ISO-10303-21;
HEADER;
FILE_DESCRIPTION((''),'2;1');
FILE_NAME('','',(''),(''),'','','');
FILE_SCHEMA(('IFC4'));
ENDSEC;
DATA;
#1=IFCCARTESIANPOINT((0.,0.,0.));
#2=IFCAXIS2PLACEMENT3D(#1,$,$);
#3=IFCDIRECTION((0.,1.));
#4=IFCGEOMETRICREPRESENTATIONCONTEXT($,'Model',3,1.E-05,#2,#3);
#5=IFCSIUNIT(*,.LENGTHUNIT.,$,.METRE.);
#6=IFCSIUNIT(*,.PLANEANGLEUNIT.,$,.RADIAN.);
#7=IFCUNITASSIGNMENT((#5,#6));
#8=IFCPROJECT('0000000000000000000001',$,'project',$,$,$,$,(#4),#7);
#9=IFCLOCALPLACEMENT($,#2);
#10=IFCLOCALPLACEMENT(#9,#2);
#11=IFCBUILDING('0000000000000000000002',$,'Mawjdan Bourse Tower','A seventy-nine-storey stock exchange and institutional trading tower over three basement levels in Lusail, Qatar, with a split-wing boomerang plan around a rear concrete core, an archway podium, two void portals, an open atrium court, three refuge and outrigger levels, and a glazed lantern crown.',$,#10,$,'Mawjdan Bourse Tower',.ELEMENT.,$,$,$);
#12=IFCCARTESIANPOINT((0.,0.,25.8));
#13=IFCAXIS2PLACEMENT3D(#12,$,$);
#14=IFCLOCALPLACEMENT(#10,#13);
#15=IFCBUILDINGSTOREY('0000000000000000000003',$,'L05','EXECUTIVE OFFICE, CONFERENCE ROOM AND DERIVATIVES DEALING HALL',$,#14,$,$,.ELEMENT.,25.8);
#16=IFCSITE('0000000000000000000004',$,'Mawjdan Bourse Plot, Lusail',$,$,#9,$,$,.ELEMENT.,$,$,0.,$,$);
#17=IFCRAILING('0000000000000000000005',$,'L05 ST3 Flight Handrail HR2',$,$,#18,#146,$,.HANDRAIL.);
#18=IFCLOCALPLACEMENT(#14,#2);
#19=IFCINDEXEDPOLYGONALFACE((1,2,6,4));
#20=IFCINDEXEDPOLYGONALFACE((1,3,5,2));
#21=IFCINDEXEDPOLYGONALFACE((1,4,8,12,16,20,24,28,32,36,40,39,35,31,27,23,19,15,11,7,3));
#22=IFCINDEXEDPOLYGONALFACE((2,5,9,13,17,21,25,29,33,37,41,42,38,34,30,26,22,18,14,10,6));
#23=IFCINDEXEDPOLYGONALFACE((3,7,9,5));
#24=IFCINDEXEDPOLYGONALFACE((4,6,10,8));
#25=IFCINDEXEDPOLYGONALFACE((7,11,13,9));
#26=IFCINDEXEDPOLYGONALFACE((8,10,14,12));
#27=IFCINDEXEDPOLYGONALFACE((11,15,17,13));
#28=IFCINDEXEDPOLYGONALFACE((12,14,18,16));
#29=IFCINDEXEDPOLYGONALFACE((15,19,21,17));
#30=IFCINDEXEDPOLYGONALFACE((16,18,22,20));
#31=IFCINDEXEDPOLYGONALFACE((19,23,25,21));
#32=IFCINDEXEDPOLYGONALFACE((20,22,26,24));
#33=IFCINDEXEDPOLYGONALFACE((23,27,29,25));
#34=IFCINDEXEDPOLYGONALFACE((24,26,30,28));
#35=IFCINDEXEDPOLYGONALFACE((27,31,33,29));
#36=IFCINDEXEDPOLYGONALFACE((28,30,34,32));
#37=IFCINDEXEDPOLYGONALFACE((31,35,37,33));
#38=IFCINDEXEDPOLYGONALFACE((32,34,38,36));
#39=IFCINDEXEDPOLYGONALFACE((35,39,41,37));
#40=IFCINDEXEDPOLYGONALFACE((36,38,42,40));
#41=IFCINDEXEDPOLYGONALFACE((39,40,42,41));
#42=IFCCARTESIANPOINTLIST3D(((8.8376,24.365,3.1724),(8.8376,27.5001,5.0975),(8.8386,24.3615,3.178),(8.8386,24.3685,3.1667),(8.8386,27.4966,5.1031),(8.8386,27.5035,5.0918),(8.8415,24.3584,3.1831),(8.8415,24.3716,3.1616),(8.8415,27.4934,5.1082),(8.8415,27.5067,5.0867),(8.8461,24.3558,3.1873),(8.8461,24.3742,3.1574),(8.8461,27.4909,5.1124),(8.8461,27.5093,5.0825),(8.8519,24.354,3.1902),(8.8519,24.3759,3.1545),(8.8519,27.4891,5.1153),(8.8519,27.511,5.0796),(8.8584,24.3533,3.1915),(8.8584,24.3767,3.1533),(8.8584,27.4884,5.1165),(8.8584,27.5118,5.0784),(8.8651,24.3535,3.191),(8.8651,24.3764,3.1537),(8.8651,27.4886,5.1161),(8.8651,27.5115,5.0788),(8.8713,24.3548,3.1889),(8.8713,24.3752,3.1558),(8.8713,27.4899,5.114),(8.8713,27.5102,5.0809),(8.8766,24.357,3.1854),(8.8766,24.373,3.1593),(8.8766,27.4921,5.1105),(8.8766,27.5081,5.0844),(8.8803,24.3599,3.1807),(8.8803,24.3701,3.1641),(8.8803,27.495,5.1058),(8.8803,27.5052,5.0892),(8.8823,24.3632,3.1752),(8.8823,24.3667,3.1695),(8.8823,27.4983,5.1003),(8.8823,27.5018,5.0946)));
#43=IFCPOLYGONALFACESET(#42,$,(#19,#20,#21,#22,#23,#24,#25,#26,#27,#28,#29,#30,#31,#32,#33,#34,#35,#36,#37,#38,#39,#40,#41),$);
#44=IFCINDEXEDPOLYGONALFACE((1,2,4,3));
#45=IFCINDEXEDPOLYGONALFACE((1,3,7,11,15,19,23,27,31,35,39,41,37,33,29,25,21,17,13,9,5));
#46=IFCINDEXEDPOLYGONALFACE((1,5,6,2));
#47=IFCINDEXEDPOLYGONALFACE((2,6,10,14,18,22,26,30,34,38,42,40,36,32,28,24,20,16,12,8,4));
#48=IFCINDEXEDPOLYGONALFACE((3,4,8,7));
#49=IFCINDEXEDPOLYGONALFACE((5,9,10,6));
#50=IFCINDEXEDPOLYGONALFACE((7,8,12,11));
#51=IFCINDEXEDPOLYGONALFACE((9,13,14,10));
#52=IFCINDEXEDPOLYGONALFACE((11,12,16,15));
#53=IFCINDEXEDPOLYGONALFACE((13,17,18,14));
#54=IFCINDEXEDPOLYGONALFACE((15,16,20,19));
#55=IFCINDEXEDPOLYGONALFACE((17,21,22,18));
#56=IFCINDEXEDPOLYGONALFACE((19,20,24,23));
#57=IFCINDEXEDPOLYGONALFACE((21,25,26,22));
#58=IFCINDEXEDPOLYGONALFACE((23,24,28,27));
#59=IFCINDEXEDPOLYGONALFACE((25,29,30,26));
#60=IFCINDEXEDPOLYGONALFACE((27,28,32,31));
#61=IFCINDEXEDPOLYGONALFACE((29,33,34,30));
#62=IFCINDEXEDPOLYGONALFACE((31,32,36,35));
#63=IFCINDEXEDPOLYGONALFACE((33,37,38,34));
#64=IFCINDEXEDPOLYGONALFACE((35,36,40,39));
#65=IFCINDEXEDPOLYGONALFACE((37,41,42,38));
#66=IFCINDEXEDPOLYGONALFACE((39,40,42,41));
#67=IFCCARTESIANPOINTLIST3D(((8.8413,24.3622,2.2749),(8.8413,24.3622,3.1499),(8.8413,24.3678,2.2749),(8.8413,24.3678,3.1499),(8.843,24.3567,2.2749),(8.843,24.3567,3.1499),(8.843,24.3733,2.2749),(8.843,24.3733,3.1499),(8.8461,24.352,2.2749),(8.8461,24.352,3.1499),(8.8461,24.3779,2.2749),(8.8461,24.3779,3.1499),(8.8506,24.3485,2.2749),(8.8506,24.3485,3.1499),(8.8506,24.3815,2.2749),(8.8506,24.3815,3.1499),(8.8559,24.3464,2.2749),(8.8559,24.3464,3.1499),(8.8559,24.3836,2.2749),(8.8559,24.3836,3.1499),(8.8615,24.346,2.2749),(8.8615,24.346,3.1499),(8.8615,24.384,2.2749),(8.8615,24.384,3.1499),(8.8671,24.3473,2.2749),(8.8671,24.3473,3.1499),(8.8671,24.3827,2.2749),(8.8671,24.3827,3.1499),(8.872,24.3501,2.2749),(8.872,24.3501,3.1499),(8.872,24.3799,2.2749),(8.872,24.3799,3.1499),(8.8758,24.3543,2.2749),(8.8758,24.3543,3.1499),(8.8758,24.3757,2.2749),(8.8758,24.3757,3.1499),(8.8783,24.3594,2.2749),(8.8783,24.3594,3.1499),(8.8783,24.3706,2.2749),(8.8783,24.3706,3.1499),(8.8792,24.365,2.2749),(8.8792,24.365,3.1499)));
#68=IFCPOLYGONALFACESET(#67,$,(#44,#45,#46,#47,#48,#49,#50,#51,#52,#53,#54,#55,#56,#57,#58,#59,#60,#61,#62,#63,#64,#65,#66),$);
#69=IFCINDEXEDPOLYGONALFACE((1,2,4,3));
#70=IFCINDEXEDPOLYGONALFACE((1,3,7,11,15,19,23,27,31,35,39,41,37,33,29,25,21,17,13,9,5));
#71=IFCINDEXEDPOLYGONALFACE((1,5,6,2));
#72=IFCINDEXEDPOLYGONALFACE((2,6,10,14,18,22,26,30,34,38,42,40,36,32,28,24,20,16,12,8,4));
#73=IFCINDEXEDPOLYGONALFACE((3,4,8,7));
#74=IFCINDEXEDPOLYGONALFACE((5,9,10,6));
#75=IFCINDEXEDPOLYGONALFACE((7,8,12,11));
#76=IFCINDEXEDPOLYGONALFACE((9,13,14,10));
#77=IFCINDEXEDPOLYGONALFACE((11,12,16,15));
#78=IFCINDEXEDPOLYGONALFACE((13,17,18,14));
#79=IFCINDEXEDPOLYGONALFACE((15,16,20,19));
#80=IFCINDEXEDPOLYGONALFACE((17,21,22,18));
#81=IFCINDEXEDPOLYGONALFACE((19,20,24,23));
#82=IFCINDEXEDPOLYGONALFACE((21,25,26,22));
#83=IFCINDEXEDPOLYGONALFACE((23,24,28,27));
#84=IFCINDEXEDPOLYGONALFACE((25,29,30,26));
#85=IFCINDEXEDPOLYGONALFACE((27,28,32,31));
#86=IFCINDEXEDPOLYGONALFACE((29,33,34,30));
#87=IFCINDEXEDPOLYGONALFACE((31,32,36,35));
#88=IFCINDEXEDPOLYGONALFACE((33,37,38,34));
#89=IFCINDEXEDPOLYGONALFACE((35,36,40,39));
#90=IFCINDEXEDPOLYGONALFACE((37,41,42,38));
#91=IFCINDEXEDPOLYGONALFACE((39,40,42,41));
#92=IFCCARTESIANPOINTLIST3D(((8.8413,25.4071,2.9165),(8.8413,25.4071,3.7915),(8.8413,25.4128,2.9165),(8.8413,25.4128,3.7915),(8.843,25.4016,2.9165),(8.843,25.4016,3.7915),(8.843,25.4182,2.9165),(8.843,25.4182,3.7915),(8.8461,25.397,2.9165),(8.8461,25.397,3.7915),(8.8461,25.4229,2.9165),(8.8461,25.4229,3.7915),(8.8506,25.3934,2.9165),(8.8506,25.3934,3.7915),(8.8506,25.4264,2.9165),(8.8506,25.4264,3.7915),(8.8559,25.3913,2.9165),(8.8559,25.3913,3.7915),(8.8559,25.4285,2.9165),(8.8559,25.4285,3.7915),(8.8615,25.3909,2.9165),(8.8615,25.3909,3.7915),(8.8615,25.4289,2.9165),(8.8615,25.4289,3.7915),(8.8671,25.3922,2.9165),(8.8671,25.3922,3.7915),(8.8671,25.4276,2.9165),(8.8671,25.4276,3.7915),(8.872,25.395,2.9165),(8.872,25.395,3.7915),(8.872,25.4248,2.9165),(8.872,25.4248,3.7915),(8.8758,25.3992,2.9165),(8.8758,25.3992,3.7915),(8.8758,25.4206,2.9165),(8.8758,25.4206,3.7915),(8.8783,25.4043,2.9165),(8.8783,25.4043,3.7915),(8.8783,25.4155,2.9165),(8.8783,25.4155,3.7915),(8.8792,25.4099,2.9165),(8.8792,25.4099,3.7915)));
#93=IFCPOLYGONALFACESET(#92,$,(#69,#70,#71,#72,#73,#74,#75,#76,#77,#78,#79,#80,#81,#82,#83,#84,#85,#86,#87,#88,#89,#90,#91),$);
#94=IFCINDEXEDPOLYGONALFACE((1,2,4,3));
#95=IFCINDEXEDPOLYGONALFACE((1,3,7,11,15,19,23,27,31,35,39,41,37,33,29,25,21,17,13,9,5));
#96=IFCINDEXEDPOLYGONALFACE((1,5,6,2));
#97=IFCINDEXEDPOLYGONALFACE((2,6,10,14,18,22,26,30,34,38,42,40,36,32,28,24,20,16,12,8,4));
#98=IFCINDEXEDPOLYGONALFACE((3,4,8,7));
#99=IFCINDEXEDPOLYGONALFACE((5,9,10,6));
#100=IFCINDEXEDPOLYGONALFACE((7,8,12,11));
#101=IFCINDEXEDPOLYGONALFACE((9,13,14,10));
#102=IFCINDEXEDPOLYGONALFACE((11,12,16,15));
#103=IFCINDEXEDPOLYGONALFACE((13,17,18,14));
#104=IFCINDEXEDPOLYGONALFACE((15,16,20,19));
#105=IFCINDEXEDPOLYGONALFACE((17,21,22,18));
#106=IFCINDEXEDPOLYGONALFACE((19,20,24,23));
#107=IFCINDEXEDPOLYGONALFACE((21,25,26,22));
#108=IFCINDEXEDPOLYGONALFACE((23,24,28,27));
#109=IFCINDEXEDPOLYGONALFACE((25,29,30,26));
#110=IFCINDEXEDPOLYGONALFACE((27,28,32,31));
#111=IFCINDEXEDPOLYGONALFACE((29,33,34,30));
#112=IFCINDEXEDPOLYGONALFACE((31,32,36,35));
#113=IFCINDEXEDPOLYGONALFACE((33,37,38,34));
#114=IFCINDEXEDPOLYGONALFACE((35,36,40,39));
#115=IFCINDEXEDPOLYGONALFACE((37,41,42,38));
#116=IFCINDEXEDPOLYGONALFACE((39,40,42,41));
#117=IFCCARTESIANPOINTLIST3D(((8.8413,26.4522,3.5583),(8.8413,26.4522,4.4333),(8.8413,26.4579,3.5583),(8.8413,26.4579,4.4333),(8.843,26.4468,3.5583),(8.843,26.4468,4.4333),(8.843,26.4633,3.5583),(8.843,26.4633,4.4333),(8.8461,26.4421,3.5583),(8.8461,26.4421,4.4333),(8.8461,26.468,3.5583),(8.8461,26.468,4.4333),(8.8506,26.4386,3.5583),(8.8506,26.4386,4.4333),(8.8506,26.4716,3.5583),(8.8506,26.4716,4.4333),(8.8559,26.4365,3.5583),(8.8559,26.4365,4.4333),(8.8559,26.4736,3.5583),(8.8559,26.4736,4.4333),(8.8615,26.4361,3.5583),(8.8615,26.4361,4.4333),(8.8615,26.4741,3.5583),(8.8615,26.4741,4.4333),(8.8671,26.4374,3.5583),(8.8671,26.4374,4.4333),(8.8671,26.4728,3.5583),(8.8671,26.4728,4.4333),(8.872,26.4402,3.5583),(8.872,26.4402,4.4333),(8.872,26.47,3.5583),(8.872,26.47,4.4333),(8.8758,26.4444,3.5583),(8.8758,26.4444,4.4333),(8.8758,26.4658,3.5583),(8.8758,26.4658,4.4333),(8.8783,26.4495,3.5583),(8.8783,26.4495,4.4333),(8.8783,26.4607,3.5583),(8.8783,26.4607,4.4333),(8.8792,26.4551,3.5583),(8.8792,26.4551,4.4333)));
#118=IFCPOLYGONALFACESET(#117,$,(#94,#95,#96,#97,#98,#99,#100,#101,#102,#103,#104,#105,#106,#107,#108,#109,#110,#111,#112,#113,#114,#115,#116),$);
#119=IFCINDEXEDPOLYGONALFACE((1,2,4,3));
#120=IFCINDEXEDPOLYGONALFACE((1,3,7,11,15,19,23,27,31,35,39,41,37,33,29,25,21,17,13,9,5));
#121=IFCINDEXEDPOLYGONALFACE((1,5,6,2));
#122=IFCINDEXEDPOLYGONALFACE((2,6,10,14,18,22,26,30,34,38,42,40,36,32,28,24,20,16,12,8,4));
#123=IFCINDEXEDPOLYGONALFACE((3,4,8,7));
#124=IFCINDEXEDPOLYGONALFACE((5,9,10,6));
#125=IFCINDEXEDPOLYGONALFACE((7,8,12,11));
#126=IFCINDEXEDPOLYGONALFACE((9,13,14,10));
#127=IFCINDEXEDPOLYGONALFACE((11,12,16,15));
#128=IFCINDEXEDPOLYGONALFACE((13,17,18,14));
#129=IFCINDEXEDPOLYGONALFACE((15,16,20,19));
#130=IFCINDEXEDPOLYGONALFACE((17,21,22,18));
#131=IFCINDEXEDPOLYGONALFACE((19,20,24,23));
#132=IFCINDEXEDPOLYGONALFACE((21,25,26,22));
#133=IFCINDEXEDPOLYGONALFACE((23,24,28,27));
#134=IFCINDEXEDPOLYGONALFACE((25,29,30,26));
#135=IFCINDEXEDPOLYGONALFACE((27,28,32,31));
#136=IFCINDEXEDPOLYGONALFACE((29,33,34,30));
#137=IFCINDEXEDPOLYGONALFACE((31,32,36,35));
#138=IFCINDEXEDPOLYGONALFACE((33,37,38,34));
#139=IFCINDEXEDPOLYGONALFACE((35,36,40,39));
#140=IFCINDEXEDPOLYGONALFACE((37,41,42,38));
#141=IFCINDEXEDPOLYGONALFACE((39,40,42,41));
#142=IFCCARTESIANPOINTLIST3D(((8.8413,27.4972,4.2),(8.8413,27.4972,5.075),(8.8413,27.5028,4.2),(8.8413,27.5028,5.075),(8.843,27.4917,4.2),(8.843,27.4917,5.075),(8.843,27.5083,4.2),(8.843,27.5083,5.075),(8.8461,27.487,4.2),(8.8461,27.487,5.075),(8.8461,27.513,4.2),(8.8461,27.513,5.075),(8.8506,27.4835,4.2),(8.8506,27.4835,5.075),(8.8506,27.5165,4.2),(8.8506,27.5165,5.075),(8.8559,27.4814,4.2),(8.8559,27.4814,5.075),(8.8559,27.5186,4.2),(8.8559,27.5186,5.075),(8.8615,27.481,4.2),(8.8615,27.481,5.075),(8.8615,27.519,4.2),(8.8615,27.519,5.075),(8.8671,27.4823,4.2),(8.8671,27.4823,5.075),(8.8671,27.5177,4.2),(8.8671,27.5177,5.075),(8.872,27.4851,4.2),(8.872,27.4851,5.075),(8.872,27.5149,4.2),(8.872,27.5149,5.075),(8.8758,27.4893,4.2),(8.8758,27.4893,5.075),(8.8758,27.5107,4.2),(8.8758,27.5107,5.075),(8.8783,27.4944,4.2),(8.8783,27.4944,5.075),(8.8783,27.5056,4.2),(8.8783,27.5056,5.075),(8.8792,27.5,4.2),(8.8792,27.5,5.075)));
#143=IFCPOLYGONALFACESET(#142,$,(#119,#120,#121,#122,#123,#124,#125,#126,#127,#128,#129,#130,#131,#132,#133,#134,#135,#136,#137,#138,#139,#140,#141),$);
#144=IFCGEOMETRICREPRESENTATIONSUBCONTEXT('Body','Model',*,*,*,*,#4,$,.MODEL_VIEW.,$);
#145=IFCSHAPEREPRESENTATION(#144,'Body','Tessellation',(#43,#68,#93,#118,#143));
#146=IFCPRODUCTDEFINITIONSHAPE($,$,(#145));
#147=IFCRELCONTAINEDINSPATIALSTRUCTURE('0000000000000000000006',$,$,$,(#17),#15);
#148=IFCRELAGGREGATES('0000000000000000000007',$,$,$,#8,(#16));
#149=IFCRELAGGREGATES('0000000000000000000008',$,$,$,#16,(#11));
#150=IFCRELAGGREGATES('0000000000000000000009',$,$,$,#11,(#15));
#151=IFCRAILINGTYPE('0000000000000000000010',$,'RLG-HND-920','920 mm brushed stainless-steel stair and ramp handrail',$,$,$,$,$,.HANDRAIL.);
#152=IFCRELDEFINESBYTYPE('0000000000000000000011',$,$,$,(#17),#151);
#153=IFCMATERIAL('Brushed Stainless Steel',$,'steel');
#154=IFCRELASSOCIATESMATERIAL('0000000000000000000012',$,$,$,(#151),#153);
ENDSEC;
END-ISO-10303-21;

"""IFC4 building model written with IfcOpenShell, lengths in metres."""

from ifc_helpers import new_model, si_unit, direction, frame, origin, origin_2d, place, context, subcontext, project, spatial, circle, extrude, material, type_object, element, save


model = new_model("IFC4")

# Units and contexts
model_context = context("Model", 3, precision=1e-05, world=origin(), true_north=direction((0.0, 1.0)))
body_context = subcontext(model_context, "Body", "Model", "MODEL_VIEW")
ifc_project = project(units=[si_unit("LENGTHUNIT", "METRE"), si_unit("PLANEANGLEUNIT", "RADIAN")], contexts=[model_context])

# Site, building, storey
site_placement = place(None, origin())
site = spatial("IfcSite", under=ifc_project, at=site_placement, Name="Mawjdan Bourse Plot, Lusail", CompositionType="ELEMENT", RefElevation=0.0)
building_placement = place(site_placement, origin())
building = spatial("IfcBuilding", under=site, at=building_placement, Name="Mawjdan Bourse Tower", Description="A seventy-nine-storey stock exchange and institutional trading tower over three basement levels in Lusail, Qatar, with a split-wing boomerang plan around a rear concrete core, an archway podium, two void portals, an open atrium court, three refuge and outrigger levels, and a glazed lantern crown.", LongName="Mawjdan Bourse Tower", CompositionType="ELEMENT")
storey_placement = place(building_placement, frame((0.0, 0.0, 25.8)))
storey = spatial("IfcBuildingStorey", under=building, at=storey_placement, Name="L05", Description="EXECUTIVE OFFICE, CONFERENCE ROOM AND DERIVATIVES DEALING HALL", CompositionType="ELEMENT", Elevation=25.8)

# Railing
ifc_material_1 = material(Name="Brushed Stainless Steel", Category="steel")
railing_type_1 = type_object("IfcRailingType", Name="RLG-HND-920", Description="920 mm brushed stainless-steel stair and ramp handrail", PredefinedType="HANDRAIL", material=ifc_material_1)
railing_1_placement = place(storey_placement, frame((8.8601, 24.365, 2.2749)))
element("IfcRailing", 1, at=railing_1_placement, inside=storey, type_object=railing_type_1, Name="L05 ST3 Flight Handrail HR2", PredefinedType="HANDRAIL", context=body_context, shape_type="SweptSolid", body=[
    extrude(circle(Radius=0.0225, at=origin_2d()), frame((0.0, 0.0, 0.8975), z_axis=(0.0, 0.852166, 0.523271), x_axis=(-1.0, 0.0, 0.0)), (0.0, 0.0, 1.0), 3.679),
    extrude(circle(Radius=0.019, at=origin_2d()), origin(), (0.0, 0.0, 1.0), 0.875),
    extrude(circle(Radius=0.019, at=origin_2d()), frame((0.0, 1.0449, 0.6416)), (0.0, 0.0, 1.0), 0.875),
    extrude(circle(Radius=0.019, at=origin_2d()), frame((0.0, 2.0901, 1.2834)), (0.0, 0.0, 1.0), 0.875),
    extrude(circle(Radius=0.019, at=origin_2d()), frame((0.0, 3.135, 1.925)), (0.0, 0.0, 1.0), 0.875),
])

save(model, "model.ifc")
